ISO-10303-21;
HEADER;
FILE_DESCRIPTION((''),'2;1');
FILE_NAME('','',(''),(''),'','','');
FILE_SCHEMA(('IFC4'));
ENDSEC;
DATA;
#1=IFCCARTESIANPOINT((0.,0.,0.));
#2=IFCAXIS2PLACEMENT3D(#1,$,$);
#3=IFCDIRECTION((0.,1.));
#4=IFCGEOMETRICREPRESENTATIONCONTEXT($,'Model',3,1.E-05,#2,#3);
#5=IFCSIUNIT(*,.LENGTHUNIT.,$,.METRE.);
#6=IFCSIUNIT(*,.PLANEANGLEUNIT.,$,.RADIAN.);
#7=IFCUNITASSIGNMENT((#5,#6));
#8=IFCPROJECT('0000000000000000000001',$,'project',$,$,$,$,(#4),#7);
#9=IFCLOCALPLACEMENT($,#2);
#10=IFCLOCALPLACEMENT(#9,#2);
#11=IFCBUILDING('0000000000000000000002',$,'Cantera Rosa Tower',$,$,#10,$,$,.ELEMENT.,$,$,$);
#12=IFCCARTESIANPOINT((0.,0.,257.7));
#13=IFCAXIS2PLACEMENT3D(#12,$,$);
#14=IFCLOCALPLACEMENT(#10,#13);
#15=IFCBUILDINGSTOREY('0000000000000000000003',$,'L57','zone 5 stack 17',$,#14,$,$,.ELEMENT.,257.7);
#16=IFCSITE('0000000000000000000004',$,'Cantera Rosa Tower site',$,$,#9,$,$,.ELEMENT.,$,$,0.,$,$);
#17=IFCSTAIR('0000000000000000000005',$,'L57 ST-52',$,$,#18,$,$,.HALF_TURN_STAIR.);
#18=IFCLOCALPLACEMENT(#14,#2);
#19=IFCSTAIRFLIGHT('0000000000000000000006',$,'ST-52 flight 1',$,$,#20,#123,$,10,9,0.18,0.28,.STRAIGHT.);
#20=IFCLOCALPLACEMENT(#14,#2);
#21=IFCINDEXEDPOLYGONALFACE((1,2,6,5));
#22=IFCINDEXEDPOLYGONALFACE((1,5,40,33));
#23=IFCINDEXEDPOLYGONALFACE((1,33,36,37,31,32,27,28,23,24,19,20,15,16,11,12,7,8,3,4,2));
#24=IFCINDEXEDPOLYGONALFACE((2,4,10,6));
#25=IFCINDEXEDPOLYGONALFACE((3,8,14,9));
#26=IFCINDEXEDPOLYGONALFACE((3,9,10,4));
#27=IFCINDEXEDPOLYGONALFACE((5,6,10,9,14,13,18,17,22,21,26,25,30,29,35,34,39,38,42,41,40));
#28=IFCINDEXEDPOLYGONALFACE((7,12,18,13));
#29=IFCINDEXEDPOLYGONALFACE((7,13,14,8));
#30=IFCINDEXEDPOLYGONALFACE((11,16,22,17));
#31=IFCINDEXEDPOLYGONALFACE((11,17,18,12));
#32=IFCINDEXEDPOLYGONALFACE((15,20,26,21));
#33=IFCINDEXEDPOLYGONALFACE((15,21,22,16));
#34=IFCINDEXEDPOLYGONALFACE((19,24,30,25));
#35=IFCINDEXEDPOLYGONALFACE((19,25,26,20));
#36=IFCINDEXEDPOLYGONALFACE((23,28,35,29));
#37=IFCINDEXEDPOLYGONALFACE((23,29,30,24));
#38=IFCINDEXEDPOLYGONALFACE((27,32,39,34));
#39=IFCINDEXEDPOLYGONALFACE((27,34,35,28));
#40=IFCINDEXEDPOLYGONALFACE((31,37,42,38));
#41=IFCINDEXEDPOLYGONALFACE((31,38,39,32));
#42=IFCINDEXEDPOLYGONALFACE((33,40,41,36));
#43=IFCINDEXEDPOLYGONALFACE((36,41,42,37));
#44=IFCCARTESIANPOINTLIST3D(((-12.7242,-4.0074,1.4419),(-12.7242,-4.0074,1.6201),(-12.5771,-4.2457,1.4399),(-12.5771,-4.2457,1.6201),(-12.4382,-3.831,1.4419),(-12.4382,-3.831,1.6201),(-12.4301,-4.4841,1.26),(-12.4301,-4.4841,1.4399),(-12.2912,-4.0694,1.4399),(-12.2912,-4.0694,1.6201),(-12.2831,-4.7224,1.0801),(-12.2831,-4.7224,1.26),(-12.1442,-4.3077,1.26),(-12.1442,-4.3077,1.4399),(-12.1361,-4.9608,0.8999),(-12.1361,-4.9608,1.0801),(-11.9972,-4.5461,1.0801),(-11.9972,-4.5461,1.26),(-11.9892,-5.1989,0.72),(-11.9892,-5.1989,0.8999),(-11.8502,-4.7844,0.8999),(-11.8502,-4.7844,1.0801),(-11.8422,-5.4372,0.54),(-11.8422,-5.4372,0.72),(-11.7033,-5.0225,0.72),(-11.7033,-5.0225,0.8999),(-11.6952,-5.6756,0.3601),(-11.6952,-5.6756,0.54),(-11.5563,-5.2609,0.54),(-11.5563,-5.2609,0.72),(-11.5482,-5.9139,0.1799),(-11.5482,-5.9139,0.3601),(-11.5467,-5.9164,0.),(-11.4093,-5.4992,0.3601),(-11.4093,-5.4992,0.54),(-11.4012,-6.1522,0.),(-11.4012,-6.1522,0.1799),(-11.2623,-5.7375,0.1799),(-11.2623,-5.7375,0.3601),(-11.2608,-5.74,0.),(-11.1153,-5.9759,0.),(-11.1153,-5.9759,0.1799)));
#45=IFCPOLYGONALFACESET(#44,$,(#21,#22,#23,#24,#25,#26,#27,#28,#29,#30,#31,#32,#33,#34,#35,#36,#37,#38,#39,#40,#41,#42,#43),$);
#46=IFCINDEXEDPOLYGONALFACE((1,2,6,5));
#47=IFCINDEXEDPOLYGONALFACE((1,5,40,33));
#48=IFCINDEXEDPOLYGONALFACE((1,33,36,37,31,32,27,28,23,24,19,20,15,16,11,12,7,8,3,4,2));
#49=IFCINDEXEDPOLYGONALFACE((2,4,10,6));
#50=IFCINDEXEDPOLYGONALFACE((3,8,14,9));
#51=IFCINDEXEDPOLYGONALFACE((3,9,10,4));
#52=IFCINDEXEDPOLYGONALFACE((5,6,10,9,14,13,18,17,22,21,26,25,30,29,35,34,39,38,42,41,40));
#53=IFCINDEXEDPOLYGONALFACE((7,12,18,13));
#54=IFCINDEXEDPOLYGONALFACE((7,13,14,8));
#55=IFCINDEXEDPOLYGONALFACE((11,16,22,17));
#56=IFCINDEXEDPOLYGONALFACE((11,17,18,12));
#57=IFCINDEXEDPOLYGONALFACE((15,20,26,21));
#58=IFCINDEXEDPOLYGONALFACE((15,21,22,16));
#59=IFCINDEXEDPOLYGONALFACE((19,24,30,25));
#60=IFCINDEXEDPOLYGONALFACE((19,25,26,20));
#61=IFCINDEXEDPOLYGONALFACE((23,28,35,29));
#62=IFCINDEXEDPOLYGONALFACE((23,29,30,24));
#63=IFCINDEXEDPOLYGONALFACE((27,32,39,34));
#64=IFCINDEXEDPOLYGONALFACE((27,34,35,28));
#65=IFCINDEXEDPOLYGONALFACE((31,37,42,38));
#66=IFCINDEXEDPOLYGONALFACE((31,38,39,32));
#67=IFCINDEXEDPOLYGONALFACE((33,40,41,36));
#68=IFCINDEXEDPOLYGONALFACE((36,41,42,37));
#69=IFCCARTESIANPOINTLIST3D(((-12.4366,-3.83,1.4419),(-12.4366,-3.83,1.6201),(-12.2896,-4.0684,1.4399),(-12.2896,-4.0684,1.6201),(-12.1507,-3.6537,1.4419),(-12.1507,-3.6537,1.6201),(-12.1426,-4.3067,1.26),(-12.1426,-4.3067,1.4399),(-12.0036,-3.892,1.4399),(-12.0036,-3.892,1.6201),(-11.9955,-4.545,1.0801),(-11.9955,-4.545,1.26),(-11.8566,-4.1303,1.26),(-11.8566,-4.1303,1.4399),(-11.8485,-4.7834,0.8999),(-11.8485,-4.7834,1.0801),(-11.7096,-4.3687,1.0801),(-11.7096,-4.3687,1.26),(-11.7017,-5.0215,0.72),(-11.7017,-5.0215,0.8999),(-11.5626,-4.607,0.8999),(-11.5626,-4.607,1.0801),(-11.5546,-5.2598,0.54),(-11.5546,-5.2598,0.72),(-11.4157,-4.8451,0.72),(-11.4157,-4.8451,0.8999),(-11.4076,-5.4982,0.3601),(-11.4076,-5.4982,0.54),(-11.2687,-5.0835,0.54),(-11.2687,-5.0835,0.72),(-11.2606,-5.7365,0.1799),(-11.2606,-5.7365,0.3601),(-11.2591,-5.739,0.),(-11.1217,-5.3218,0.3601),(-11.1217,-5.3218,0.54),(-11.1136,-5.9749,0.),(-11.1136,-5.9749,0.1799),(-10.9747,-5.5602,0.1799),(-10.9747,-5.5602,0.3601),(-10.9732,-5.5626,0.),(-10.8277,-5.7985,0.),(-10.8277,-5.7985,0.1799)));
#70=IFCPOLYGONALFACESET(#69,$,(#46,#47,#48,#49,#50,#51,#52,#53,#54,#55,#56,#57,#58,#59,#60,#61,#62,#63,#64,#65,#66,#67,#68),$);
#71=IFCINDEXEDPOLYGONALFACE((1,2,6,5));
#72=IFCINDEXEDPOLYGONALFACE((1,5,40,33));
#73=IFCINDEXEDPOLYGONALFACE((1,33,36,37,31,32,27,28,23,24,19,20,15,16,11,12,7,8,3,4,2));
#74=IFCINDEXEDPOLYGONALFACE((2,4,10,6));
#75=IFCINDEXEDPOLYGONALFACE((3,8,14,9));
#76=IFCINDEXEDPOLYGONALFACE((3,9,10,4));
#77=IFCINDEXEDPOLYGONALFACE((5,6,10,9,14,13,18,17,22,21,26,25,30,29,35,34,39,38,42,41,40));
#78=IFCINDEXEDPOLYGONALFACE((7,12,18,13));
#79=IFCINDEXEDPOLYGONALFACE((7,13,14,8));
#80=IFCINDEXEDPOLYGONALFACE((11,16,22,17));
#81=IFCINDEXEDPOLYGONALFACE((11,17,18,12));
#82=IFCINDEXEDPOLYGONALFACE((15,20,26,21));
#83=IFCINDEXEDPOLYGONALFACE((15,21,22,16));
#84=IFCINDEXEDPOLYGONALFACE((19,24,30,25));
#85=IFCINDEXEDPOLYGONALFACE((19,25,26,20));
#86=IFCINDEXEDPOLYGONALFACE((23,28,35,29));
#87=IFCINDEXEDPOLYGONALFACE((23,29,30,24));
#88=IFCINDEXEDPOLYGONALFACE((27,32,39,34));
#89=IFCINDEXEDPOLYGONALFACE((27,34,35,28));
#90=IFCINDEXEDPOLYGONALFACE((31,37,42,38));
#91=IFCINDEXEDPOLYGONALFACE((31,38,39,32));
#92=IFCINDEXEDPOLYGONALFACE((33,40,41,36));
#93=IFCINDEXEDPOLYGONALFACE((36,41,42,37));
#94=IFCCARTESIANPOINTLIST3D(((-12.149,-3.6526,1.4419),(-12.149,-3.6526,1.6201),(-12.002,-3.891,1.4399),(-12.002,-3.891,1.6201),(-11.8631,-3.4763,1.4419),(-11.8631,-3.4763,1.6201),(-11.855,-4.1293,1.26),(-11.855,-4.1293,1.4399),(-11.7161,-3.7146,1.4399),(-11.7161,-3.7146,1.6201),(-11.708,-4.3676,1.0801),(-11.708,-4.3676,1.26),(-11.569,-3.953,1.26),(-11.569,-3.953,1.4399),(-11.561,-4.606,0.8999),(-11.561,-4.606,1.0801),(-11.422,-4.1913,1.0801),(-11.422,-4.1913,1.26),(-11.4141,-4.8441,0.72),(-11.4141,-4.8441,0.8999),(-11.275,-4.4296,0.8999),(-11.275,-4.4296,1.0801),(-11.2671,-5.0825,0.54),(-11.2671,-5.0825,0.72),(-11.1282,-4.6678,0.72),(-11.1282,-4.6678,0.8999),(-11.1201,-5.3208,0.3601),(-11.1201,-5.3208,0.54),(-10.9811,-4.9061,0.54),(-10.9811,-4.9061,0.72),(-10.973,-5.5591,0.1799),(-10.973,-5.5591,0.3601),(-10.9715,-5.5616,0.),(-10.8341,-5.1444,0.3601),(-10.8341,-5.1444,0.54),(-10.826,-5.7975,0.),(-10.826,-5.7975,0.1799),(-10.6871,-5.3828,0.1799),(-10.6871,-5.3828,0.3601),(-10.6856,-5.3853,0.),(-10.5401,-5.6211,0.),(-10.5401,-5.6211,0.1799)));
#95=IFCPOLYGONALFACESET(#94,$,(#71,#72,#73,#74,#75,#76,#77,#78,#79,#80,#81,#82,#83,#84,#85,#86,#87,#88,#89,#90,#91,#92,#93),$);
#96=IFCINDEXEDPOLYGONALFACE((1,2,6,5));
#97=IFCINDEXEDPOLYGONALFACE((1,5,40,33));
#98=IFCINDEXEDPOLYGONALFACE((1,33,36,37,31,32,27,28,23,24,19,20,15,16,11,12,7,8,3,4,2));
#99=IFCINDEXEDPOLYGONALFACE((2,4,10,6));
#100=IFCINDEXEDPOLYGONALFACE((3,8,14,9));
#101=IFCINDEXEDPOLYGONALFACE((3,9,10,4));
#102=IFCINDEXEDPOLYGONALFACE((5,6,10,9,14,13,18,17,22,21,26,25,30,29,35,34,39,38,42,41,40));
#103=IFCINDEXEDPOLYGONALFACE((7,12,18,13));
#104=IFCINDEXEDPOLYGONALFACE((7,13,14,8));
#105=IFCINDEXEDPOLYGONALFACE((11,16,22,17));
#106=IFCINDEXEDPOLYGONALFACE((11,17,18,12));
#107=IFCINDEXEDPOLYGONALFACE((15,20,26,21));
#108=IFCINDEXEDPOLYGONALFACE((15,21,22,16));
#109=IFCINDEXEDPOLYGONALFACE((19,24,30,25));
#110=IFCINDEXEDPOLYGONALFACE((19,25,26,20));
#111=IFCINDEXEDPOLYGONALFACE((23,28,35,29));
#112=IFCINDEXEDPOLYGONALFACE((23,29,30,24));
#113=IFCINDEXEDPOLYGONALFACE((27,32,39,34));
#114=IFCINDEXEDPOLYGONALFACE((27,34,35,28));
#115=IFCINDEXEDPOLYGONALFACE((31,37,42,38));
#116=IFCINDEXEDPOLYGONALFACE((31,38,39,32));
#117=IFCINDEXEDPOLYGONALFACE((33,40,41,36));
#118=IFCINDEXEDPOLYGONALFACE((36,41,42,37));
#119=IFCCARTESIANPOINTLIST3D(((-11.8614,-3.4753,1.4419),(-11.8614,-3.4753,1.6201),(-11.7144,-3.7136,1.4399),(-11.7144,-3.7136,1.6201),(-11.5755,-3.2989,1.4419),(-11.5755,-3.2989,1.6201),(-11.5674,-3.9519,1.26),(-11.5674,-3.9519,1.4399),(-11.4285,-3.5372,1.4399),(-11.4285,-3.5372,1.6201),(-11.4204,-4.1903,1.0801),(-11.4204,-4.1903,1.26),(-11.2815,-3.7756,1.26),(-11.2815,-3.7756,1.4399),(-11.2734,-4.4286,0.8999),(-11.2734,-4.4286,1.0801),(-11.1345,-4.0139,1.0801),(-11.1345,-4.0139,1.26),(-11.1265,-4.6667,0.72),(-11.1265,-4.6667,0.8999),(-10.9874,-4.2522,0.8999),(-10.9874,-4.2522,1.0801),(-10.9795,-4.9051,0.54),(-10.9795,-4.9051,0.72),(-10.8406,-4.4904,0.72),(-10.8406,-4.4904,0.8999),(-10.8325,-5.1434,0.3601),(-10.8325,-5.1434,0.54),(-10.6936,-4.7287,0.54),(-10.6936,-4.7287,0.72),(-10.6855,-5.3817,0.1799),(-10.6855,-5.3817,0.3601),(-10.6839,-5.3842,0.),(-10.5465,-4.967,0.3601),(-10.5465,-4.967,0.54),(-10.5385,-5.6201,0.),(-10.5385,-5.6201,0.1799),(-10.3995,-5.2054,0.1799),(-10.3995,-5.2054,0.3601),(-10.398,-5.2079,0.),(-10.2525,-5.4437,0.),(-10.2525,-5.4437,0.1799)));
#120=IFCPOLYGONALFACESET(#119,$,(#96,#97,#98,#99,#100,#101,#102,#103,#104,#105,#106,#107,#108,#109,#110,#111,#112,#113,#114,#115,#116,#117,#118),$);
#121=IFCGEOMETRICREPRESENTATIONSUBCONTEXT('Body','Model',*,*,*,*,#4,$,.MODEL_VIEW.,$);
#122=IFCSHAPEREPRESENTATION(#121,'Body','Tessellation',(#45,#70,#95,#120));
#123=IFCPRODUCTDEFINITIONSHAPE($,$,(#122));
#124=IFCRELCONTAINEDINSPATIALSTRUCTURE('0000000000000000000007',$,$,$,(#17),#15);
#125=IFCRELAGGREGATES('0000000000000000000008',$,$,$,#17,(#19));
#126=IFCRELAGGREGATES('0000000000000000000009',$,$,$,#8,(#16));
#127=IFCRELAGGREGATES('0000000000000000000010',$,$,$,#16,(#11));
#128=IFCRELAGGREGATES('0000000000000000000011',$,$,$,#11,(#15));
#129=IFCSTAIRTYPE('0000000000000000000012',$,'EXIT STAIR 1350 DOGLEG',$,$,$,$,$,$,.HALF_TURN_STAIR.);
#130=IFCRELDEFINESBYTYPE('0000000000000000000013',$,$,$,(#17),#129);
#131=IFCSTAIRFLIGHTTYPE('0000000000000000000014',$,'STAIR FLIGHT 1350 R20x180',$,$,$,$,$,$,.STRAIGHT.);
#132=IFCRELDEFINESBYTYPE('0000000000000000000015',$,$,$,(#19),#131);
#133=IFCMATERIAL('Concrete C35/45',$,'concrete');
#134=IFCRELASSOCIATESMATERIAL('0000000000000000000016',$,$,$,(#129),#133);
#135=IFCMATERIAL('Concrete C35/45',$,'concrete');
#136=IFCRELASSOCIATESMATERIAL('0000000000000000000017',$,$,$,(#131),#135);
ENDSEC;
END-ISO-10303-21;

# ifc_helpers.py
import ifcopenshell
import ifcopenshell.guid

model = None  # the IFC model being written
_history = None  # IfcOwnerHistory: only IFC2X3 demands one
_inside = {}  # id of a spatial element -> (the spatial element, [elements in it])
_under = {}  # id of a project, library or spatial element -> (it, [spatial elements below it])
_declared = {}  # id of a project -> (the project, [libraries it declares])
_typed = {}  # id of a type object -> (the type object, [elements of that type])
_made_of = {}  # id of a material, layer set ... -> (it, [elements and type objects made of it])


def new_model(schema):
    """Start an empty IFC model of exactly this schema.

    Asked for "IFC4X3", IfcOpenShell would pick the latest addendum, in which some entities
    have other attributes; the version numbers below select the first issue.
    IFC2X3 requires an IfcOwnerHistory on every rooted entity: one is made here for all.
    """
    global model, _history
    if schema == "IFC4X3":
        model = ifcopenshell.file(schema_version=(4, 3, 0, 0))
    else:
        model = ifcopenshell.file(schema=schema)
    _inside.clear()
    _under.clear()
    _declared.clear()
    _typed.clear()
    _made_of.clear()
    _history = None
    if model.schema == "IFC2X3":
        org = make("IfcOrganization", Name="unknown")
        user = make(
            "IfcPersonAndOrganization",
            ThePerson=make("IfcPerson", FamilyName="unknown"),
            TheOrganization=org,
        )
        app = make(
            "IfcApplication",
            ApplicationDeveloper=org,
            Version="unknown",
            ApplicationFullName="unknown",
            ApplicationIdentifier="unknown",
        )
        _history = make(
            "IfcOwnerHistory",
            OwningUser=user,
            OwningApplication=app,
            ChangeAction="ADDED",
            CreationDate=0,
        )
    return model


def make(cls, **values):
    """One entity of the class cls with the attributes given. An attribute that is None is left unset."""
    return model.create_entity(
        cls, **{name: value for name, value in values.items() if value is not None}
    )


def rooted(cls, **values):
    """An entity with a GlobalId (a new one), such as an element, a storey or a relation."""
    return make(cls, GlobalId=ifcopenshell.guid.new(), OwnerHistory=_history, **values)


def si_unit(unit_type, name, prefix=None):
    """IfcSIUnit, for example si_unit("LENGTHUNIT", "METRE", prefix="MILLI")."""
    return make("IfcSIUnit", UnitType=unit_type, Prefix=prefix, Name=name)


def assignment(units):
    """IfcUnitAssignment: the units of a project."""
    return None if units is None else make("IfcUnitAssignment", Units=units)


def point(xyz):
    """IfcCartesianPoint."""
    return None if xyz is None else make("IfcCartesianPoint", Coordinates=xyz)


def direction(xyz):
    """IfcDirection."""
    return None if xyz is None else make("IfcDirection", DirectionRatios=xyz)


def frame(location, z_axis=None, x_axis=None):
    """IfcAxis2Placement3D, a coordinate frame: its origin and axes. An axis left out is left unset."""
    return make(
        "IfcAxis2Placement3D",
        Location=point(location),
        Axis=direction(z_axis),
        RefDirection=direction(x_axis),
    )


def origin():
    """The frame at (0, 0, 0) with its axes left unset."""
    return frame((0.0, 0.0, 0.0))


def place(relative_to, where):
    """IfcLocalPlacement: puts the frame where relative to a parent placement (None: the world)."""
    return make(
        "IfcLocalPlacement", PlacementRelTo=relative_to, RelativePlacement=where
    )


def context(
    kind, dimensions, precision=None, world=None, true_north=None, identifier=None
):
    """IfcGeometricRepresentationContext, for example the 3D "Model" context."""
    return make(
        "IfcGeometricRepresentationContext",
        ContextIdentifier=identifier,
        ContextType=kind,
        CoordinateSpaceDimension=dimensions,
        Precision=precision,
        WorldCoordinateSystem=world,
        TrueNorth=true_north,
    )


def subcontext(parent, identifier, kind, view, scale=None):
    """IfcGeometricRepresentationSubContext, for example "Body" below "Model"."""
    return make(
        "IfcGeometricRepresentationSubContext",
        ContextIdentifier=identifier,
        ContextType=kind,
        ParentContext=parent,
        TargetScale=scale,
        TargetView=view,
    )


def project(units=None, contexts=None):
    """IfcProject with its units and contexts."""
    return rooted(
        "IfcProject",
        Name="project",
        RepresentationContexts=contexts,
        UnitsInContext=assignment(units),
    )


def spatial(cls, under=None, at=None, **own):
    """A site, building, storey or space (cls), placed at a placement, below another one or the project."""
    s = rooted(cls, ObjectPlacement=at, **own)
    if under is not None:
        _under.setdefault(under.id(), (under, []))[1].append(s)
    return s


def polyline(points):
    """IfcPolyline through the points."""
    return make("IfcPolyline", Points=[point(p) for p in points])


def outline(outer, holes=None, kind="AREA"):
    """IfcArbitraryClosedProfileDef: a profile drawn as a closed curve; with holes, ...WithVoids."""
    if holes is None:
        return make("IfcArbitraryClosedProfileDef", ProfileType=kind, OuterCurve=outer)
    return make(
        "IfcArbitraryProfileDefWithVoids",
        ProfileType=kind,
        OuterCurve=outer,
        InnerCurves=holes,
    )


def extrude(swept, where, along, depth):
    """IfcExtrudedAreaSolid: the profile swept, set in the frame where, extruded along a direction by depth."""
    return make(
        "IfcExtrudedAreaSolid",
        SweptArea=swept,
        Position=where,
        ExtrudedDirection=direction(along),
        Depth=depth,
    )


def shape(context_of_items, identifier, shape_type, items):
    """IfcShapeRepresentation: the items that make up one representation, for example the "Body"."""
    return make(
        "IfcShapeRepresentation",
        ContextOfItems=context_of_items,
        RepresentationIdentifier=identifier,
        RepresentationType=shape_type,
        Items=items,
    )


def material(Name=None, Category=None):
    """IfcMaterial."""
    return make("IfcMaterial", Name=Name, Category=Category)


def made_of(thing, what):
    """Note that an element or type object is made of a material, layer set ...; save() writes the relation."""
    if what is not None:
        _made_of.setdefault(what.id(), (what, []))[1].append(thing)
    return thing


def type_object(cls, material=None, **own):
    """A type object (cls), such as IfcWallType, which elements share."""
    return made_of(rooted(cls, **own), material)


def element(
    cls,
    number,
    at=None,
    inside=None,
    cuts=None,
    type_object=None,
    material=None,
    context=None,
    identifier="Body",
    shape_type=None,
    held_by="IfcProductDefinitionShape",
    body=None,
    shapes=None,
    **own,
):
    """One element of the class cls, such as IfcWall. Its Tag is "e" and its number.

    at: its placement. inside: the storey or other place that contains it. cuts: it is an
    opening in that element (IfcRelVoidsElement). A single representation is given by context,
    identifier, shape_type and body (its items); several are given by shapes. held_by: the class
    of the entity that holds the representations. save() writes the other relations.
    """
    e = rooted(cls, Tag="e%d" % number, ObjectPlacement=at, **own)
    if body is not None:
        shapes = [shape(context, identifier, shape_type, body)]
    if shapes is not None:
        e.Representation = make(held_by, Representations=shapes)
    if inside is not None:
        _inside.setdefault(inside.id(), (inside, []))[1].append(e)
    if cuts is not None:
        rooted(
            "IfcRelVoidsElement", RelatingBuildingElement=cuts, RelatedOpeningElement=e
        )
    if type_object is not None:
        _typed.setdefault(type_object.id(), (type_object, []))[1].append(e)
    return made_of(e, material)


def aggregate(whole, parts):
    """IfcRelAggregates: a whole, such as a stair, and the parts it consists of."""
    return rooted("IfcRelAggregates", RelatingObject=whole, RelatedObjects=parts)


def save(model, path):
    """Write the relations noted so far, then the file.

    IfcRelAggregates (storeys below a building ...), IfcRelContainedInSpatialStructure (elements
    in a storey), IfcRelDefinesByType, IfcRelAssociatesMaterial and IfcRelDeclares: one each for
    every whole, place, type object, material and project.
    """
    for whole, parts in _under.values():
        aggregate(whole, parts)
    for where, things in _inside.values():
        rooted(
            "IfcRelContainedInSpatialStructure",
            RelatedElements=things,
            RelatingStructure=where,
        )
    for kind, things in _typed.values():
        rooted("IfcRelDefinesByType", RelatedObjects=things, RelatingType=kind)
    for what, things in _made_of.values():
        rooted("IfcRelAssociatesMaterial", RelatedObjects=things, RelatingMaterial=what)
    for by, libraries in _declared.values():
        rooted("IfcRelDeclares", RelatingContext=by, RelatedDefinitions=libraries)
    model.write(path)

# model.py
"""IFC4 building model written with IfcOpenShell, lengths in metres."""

from ifc_helpers import new_model, si_unit, direction, frame, origin, place, context, subcontext, project, spatial, polyline, outline, extrude, material, type_object, element, aggregate, save


model = new_model("IFC4")

# Units and contexts
model_context = context("Model", 3, precision=1e-05, world=origin(), true_north=direction((0.0, 1.0)))
body_context = subcontext(model_context, "Body", "Model", "MODEL_VIEW")
ifc_project = project(units=[si_unit("LENGTHUNIT", "METRE"), si_unit("PLANEANGLEUNIT", "RADIAN")], contexts=[model_context])

# Site, building, storey
site_placement = place(None, origin())
site = spatial("IfcSite", under=ifc_project, at=site_placement, Name="Cantera Rosa Tower site", CompositionType="ELEMENT", RefElevation=0.0)
building_placement = place(site_placement, origin())
building = spatial("IfcBuilding", under=site, at=building_placement, Name="Cantera Rosa Tower", CompositionType="ELEMENT")
storey_placement = place(building_placement, frame((0.0, 0.0, 257.7)))
storey = spatial("IfcBuildingStorey", under=building, at=storey_placement, Name="L57", Description="zone 5 stack 17", CompositionType="ELEMENT", Elevation=257.7)

# Stair, stair flight
ifc_material_1 = material(Name="Concrete C35/45", Category="concrete")
stair_type = type_object("IfcStairType", Name="EXIT STAIR 1350 DOGLEG", PredefinedType="HALF_TURN_STAIR", material=ifc_material_1)
stair_placement = place(storey_placement, origin())
stair = element("IfcStair", 1, at=stair_placement, inside=storey, type_object=stair_type, Name="L57 ST-52", PredefinedType="HALF_TURN_STAIR")
ifc_material_2 = material(Name="Concrete C35/45", Category="concrete")
stair_flight_type = type_object("IfcStairFlightType", Name="STAIR FLIGHT 1350 R20x180", PredefinedType="STRAIGHT", material=ifc_material_2)
stair_flight_1_placement = place(storey_placement, frame((-10.8267, -5.7979, 0.0), z_axis=(0.0, 0.0, 1.0), x_axis=(-0.524977, 0.851117, 0.0)))
stair_flight_1 = element("IfcStairFlight", 2, at=stair_flight_1_placement, type_object=stair_flight_type, Name="ST-52 flight 1", NumberOfRisers=10, NumberOfTreads=9, PredefinedType="STRAIGHT", RiserHeight=0.18, TreadLength=0.28, context=body_context, shape_type="SweptSolid", body=[
    extrude(outline(polyline([(0.0, 0.0), (0.0, 0.1799), (0.28, 0.1799), (0.28, 0.3601), (0.5601, 0.3601), (0.5601, 0.54), (0.8401, 0.54), (0.8401, 0.72), (1.1201, 0.72), (1.1201, 0.8999), (1.3999, 0.8999), (1.3999, 1.0801), (1.6799, 1.0801), (1.6799, 1.26), (1.96, 1.26), (1.96, 1.4399), (2.24, 1.4399), (2.24, 1.6201), (2.52, 1.6201), (2.52, 1.8), (2.52, 1.4419), (0.2771, 0.0), (0.0, 0.0)])), frame((0.0, 0.675, 0.0), z_axis=(0.0, -1.0, 0.0), x_axis=(1.0, 0.0, 0.0)), (0.0, 0.0, 1.0), 0.3359),
    extrude(outline(polyline([(0.0, 0.0), (0.0, 0.1799), (0.28, 0.1799), (0.28, 0.3601), (0.5601, 0.3601), (0.5601, 0.54), (0.8401, 0.54), (0.8401, 0.72), (1.1201, 0.72), (1.1201, 0.8999), (1.3999, 0.8999), (1.3999, 1.0801), (1.6799, 1.0801), (1.6799, 1.26), (1.96, 1.26), (1.96, 1.4399), (2.24, 1.4399), (2.24, 1.6201), (2.52, 1.6201), (2.52, 1.8), (2.52, 1.4419), (0.2771, 0.0), (0.0, 0.0)])), frame((0.0, 0.3372, 0.0), z_axis=(0.0, -1.0, 0.0), x_axis=(1.0, 0.0, 0.0)), (0.0, 0.0, 1.0), 0.3359),
    extrude(outline(polyline([(0.0, 0.0), (0.0, 0.1799), (0.28, 0.1799), (0.28, 0.3601), (0.5601, 0.3601), (0.5601, 0.54), (0.8401, 0.54), (0.8401, 0.72), (1.1201, 0.72), (1.1201, 0.8999), (1.3999, 0.8999), (1.3999, 1.0801), (1.6799, 1.0801), (1.6799, 1.26), (1.96, 1.26), (1.96, 1.4399), (2.24, 1.4399), (2.24, 1.6201), (2.52, 1.6201), (2.52, 1.8), (2.52, 1.4419), (0.2771, 0.0), (0.0, 0.0)])), frame((0.0, -0.0007, 0.0), z_axis=(0.0, -1.0, 0.0), x_axis=(1.0, 0.0, 0.0)), (0.0, 0.0, 1.0), 0.3359),
    extrude(outline(polyline([(0.0, 0.0), (0.0, 0.1799), (0.28, 0.1799), (0.28, 0.3601), (0.5601, 0.3601), (0.5601, 0.54), (0.8401, 0.54), (0.8401, 0.72), (1.1201, 0.72), (1.1201, 0.8999), (1.3999, 0.8999), (1.3999, 1.0801), (1.6799, 1.0801), (1.6799, 1.26), (1.96, 1.26), (1.96, 1.4399), (2.24, 1.4399), (2.24, 1.6201), (2.52, 1.6201), (2.52, 1.8), (2.52, 1.4419), (0.2771, 0.0), (0.0, 0.0)])), frame((0.0, -0.3386, 0.0), z_axis=(0.0, -1.0, 0.0), x_axis=(1.0, 0.0, 0.0)), (0.0, 0.0, 1.0), 0.3359),
])
aggregate(stair, [stair_flight_1])

save(model, "model.ifc")
